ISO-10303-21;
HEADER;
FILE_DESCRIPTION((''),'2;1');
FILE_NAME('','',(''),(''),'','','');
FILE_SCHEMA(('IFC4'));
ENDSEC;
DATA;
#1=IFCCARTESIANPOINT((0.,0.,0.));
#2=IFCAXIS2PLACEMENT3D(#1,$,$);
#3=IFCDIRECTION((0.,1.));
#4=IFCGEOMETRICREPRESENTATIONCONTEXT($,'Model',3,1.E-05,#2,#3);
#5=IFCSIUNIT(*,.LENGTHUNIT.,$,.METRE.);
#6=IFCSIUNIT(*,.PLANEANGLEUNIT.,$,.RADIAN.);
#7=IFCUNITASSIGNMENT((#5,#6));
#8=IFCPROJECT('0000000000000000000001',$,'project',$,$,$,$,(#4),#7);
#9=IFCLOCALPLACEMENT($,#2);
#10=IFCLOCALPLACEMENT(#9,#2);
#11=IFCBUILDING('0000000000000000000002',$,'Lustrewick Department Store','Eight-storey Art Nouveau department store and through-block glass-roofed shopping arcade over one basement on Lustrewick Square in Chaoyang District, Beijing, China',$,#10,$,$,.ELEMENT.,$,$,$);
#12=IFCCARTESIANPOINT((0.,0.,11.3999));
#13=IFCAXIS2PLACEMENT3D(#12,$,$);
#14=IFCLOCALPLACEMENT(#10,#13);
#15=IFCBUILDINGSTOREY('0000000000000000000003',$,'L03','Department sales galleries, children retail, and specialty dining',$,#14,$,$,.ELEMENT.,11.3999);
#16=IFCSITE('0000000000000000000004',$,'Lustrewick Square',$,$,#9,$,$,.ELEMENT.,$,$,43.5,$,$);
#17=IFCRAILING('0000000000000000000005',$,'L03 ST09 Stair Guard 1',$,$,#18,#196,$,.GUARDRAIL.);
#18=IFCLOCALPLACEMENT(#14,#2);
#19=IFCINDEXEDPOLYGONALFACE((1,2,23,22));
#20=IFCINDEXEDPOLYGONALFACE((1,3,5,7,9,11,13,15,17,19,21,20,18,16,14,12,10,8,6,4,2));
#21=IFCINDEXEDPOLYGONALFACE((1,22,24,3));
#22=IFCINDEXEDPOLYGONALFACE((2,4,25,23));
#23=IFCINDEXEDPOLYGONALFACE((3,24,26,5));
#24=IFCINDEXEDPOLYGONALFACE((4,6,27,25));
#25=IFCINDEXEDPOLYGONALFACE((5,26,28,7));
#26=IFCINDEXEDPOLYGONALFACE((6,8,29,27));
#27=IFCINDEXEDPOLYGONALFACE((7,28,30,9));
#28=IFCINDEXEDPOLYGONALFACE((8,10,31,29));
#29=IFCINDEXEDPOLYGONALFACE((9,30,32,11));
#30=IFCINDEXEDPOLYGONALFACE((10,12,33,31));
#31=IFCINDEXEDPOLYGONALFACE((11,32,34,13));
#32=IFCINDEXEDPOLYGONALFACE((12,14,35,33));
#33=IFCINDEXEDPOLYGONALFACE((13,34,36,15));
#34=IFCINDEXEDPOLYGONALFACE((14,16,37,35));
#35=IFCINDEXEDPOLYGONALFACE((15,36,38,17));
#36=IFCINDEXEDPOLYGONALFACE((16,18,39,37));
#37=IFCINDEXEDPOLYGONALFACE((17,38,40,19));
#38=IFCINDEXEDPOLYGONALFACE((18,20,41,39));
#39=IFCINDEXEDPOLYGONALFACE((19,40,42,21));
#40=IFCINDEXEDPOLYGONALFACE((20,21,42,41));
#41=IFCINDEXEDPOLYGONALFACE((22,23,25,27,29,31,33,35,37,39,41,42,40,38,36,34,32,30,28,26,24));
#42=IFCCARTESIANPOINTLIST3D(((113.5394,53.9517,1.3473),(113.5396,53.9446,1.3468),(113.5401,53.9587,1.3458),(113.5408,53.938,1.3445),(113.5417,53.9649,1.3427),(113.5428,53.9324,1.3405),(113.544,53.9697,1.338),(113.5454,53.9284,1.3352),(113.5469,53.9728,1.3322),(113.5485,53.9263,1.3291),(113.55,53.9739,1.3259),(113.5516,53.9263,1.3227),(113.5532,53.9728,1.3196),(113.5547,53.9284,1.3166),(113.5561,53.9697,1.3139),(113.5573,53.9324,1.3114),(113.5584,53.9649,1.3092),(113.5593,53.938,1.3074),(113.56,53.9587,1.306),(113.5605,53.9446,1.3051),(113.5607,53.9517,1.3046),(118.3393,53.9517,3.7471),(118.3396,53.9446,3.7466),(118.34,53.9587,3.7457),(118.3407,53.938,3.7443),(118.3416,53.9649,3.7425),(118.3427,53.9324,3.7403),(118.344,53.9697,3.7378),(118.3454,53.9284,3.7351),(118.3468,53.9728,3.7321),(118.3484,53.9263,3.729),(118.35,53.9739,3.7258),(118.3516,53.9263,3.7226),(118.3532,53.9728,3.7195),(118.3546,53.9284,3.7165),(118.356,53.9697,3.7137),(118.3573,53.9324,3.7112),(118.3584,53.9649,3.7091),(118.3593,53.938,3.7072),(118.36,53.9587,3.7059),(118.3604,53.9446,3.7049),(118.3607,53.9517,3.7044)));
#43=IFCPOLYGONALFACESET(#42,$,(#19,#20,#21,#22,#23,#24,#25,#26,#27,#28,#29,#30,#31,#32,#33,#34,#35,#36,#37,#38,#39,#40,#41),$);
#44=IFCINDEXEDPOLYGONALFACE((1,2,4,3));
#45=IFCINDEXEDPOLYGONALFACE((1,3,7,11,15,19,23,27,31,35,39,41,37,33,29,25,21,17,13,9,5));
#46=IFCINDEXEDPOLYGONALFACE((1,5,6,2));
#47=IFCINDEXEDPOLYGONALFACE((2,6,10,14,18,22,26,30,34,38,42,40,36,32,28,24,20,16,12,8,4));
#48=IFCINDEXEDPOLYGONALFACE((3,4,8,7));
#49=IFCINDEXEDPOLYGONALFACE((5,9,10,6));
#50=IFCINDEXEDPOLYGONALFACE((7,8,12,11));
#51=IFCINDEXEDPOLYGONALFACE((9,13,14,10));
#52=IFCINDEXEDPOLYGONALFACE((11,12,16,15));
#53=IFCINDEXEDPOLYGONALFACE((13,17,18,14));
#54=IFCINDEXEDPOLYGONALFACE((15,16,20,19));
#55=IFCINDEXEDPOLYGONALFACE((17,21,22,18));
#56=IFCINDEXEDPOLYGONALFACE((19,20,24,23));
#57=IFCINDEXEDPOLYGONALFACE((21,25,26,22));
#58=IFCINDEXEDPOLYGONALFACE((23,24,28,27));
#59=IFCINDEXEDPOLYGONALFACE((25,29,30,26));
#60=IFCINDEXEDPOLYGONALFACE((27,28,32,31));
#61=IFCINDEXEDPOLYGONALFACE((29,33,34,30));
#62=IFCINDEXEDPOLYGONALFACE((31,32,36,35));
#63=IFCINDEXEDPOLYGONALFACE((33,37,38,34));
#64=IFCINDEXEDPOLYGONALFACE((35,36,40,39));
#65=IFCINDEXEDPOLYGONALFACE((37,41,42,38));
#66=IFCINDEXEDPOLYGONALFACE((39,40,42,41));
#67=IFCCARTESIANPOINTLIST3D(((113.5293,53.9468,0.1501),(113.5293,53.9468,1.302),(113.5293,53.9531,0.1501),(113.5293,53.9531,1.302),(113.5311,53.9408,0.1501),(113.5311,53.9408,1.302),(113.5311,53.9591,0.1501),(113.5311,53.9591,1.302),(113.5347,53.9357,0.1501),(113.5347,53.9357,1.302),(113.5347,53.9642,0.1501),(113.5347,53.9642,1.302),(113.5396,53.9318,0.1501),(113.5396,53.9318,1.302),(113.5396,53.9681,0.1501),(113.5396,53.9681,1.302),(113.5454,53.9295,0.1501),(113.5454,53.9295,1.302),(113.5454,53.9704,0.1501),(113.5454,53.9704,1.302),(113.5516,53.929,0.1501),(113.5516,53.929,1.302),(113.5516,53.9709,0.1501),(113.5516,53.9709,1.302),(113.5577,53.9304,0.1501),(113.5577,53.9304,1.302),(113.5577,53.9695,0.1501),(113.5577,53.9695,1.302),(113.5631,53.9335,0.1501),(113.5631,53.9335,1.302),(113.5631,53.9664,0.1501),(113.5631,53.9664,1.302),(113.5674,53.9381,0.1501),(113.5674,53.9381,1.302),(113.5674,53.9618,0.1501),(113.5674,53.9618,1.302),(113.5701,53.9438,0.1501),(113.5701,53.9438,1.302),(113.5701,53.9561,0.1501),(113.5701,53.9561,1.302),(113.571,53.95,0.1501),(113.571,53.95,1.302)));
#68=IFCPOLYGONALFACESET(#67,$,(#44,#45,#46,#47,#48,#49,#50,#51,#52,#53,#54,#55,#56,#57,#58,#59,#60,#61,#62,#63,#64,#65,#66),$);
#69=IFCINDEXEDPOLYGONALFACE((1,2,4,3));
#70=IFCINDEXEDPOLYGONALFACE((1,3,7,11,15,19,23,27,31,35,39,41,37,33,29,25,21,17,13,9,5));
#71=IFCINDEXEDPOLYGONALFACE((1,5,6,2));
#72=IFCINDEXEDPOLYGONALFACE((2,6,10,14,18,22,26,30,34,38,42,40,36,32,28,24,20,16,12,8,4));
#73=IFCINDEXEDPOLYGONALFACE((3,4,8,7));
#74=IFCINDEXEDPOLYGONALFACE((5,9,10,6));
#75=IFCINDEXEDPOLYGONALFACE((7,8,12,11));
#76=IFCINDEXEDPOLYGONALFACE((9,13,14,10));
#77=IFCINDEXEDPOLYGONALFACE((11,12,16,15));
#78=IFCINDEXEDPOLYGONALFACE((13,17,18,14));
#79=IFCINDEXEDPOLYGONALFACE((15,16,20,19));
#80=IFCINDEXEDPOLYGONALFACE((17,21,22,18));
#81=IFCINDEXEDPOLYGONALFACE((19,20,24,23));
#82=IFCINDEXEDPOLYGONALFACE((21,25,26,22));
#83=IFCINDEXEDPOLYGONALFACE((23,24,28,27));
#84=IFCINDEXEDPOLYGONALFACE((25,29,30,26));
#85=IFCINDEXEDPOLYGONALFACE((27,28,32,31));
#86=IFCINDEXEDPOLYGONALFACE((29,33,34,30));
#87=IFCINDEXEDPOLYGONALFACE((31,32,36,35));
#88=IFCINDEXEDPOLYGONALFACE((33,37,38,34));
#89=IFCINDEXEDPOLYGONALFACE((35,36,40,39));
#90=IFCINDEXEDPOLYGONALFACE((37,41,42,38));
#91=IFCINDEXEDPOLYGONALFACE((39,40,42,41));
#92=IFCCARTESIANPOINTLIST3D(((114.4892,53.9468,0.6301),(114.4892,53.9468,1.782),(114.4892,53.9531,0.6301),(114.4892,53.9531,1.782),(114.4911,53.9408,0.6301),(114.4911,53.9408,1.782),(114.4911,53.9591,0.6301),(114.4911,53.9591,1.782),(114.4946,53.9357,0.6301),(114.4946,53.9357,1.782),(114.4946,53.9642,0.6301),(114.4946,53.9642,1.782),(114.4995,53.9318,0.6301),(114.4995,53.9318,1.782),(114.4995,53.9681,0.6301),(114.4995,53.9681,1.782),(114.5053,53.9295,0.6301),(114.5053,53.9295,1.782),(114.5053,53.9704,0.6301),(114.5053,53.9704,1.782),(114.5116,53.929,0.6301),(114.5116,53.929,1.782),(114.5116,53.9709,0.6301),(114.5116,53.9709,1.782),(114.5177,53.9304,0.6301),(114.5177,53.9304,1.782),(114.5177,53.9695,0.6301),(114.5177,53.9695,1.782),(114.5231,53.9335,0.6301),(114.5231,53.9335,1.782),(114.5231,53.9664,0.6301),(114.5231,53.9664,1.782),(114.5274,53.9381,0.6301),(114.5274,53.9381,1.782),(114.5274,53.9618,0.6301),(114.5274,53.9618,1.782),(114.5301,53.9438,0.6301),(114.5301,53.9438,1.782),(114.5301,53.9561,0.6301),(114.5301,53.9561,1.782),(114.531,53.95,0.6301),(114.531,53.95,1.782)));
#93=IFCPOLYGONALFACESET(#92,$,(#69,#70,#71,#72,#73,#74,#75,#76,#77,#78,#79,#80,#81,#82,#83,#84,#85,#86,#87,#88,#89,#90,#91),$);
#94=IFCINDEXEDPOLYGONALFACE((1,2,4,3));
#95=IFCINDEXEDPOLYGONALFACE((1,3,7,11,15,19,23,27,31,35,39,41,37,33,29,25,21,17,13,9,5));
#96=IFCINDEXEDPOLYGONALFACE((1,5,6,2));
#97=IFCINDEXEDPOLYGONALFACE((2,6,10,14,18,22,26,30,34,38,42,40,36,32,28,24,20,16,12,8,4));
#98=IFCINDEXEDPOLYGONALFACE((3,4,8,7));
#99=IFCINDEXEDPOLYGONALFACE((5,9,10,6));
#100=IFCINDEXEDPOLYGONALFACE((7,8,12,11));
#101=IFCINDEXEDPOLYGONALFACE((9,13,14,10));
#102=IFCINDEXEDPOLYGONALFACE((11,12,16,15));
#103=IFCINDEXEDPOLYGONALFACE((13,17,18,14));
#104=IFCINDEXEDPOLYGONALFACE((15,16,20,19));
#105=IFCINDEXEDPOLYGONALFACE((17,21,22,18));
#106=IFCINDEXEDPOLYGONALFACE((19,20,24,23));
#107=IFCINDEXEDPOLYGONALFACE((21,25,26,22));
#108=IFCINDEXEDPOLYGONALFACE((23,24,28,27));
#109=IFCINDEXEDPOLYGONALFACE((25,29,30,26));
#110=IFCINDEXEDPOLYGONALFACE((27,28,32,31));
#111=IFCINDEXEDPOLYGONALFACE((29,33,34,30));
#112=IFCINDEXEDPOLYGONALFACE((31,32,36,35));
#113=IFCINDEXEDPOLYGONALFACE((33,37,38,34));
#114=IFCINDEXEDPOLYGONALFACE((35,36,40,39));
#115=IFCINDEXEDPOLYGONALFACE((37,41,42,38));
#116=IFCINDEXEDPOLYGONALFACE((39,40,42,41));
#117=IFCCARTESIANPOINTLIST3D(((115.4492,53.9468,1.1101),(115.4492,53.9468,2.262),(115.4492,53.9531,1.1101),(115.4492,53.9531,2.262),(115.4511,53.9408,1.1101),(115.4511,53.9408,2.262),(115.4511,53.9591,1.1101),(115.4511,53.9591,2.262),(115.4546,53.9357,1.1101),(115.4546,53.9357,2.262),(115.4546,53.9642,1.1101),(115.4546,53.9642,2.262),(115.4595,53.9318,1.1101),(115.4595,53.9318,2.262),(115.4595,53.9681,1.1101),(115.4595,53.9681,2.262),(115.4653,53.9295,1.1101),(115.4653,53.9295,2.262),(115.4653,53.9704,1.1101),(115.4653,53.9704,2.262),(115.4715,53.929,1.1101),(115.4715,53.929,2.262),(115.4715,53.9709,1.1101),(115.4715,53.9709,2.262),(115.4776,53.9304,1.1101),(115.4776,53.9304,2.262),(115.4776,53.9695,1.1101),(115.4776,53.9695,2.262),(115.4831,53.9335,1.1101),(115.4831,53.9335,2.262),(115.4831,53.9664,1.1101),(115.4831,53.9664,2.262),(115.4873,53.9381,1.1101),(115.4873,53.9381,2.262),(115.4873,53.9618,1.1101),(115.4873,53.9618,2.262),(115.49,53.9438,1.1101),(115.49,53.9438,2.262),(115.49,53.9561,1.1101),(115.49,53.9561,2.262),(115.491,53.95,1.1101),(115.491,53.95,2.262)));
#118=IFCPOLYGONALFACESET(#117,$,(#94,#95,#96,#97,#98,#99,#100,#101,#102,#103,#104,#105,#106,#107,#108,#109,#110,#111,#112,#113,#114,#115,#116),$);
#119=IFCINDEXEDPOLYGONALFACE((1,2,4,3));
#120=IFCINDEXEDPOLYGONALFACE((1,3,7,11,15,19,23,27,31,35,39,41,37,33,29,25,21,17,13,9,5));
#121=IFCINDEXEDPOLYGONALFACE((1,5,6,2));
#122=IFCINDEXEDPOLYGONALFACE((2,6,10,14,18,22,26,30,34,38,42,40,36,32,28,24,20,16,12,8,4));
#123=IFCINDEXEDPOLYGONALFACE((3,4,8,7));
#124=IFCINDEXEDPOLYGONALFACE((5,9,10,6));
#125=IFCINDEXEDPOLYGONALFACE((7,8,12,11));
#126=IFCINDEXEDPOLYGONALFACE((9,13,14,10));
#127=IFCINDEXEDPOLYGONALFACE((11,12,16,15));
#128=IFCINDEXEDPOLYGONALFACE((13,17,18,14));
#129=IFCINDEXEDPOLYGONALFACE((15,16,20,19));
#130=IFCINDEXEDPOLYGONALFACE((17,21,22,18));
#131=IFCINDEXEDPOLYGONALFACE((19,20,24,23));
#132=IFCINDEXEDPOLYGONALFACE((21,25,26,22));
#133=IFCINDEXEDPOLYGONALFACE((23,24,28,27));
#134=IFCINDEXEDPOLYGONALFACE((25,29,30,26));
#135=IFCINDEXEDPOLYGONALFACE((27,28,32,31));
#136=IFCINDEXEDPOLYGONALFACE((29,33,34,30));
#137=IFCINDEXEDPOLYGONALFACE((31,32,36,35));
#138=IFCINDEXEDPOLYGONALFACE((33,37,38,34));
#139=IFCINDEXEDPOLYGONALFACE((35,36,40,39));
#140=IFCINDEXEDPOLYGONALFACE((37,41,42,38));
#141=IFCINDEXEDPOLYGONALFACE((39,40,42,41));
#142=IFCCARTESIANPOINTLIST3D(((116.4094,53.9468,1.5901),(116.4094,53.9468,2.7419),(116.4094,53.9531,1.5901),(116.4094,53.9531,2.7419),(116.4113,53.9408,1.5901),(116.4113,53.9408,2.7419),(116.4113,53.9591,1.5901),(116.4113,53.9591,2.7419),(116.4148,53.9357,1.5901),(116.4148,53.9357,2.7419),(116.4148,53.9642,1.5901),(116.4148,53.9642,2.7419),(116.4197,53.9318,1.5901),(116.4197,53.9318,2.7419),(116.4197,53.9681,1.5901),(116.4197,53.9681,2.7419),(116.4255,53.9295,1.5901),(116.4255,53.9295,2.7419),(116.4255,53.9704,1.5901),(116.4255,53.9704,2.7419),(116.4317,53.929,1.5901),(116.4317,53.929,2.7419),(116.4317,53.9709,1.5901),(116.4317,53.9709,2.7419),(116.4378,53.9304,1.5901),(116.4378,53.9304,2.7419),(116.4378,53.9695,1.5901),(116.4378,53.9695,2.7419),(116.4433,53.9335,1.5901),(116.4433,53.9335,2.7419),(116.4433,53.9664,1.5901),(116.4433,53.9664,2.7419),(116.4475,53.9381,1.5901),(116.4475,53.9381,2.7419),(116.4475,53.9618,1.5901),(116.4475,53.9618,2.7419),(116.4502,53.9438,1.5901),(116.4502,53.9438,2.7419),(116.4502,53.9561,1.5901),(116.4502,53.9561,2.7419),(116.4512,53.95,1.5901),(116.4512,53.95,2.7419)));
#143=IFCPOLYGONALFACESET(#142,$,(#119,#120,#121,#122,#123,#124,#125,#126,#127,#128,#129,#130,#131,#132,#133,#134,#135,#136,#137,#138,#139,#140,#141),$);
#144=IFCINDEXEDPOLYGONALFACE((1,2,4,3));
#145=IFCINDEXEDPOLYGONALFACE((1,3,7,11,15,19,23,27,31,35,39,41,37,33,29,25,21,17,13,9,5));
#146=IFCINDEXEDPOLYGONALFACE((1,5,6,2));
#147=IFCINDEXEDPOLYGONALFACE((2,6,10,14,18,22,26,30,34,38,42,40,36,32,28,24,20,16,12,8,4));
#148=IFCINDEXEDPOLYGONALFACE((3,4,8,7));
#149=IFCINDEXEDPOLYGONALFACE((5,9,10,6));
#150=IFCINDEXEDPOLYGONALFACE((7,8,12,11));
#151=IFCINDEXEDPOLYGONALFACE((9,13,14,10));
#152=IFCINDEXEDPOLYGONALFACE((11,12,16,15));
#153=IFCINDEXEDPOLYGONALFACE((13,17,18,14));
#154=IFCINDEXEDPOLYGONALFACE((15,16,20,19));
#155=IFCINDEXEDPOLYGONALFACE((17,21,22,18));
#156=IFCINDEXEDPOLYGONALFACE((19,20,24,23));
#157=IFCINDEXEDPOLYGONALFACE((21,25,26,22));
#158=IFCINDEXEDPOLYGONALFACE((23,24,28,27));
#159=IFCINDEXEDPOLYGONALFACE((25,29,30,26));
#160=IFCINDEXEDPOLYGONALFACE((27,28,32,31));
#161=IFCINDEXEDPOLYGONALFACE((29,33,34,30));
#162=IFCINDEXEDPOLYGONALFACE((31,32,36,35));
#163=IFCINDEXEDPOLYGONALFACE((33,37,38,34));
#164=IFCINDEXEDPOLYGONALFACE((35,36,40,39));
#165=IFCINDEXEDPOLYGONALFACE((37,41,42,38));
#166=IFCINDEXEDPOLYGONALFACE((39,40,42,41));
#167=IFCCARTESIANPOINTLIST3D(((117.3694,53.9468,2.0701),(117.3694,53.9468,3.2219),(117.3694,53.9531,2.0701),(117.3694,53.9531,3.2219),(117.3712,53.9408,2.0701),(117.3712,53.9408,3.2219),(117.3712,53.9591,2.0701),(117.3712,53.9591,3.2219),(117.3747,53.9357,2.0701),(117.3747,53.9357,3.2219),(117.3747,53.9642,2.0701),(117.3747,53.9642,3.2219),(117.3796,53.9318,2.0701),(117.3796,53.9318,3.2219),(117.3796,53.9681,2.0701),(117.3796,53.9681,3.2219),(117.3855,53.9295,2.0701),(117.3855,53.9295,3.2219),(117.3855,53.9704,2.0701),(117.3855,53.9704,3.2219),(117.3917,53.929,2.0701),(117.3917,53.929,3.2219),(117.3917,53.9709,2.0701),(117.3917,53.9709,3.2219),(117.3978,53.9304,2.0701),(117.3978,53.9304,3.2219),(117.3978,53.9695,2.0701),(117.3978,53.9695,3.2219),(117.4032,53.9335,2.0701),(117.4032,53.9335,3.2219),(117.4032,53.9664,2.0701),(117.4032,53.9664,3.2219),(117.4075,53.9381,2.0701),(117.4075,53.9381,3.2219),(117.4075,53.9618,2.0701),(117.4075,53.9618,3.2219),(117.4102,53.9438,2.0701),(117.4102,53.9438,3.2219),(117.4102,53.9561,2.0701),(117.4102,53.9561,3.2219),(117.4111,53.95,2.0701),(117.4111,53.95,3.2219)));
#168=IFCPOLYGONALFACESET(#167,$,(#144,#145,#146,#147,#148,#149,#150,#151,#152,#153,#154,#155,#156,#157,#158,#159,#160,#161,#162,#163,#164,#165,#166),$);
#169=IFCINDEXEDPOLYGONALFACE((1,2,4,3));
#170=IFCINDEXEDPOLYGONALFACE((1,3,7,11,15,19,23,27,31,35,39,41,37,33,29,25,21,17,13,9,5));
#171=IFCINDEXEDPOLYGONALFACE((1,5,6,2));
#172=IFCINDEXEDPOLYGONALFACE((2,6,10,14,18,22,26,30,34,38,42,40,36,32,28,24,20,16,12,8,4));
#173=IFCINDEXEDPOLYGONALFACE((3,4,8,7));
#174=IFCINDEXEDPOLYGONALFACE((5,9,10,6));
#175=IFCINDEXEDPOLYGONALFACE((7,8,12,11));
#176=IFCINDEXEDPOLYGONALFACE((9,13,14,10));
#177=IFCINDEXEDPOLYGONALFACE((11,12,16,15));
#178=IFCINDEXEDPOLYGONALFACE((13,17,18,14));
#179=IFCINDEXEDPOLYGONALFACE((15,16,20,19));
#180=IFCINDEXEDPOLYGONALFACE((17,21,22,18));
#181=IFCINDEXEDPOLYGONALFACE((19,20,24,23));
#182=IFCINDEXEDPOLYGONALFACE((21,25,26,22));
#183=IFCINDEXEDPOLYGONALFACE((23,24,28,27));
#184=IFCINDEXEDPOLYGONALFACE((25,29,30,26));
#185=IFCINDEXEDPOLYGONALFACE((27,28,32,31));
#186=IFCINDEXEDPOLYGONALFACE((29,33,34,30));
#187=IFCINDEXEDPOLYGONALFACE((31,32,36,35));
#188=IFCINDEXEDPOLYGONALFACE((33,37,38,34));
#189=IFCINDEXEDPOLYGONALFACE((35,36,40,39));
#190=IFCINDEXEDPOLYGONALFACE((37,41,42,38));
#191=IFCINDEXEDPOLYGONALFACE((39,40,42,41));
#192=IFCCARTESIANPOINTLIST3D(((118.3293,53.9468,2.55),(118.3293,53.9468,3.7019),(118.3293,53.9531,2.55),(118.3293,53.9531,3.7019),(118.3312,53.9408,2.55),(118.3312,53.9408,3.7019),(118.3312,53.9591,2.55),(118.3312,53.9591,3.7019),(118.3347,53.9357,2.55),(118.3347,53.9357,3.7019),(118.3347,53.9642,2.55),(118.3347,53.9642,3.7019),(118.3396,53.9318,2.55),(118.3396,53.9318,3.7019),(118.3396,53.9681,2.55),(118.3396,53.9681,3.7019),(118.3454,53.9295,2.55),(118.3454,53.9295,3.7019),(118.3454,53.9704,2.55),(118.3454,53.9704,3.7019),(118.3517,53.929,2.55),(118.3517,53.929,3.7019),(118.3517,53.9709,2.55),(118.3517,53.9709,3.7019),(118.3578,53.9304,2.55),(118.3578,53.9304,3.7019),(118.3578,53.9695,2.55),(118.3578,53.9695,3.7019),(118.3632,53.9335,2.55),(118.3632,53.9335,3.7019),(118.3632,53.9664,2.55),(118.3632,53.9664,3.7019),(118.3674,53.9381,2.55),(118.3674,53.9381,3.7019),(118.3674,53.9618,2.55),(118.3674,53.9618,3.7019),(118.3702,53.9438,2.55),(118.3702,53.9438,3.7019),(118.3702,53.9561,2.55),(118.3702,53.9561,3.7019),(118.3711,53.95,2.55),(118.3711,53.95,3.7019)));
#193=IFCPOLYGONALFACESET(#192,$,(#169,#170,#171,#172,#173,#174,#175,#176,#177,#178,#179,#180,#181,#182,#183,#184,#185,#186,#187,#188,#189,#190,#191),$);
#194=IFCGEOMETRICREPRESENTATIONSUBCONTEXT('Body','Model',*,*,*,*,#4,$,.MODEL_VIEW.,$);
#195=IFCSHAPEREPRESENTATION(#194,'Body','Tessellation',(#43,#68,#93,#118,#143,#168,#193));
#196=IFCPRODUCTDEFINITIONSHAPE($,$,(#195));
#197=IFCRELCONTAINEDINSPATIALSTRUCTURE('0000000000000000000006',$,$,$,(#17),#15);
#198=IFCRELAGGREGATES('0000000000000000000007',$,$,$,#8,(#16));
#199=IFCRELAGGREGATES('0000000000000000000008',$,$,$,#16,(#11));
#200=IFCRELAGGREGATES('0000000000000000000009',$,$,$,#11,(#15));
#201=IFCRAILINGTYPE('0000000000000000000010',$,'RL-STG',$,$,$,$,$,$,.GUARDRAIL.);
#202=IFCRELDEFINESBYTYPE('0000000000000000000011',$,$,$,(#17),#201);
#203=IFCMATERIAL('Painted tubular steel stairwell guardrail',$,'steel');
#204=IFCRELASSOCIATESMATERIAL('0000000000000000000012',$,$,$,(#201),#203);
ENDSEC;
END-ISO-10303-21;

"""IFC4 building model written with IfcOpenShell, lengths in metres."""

from ifc_helpers import new_model, si_unit, direction, frame, origin, origin_2d, place, context, subcontext, project, spatial, circle, extrude, material, type_object, element, save


model = new_model("IFC4")

# Units and contexts
model_context = context("Model", 3, precision=1e-05, world=origin(), true_north=direction((0.0, 1.0)))
body_context = subcontext(model_context, "Body", "Model", "MODEL_VIEW")
ifc_project = project(units=[si_unit("LENGTHUNIT", "METRE"), si_unit("PLANEANGLEUNIT", "RADIAN")], contexts=[model_context])

# Site, building, storey
site_placement = place(None, origin())
site = spatial("IfcSite", under=ifc_project, at=site_placement, Name="Lustrewick Square", CompositionType="ELEMENT", RefElevation=43.5)
building_placement = place(site_placement, origin())
building = spatial("IfcBuilding", under=site, at=building_placement, Name="Lustrewick Department Store", Description="Eight-storey Art Nouveau department store and through-block glass-roofed shopping arcade over one basement on Lustrewick Square in Chaoyang District, Beijing, China", CompositionType="ELEMENT")
storey_placement = place(building_placement, frame((0.0, 0.0, 11.3999)))
storey = spatial("IfcBuildingStorey", under=building, at=storey_placement, Name="L03", Description="Department sales galleries, children retail, and specialty dining", CompositionType="ELEMENT", Elevation=11.3999)

# Railing
ifc_material_1 = material(Name="Painted tubular steel stairwell guardrail", Category="steel")
railing_type_1 = type_object("IfcRailingType", Name="RL-STG", PredefinedType="GUARDRAIL", material=ifc_material_1)
railing_1_placement = place(storey_placement, frame((113.55, 53.95, 0.1501)))
element("IfcRailing", 1, at=railing_1_placement, inside=storey, type_object=railing_type_1, Name="L03 ST09 Stair Guard 1", PredefinedType="GUARDRAIL", context=body_context, shape_type="SweptSolid", body=[
    extrude(circle(Radius=0.0239, at=origin_2d()), frame((0.0, 0.0, 1.1758), z_axis=(0.894436, 0.0, 0.447195), x_axis=(0.0, 1.0, 0.0)), (0.0, 0.0, 1.0), 5.3665),
    extrude(circle(Radius=0.021, at=origin_2d()), origin(), (0.0, 0.0, 1.0), 1.1519),
    extrude(circle(Radius=0.021, at=origin_2d()), frame((0.96, 0.0, 0.48)), (0.0, 0.0, 1.0), 1.1519),
    extrude(circle(Radius=0.021, at=origin_2d()), frame((1.9199, 0.0, 0.96)), (0.0, 0.0, 1.0), 1.1519),
    extrude(circle(Radius=0.021, at=origin_2d()), frame((2.8801, 0.0, 1.4399)), (0.0, 0.0, 1.0), 1.1519),
    extrude(circle(Radius=0.021, at=origin_2d()), frame((3.8401, 0.0, 1.9199)), (0.0, 0.0, 1.0), 1.1519),
    extrude(circle(Radius=0.021, at=origin_2d()), frame((4.8, 0.0, 2.3999)), (0.0, 0.0, 1.0), 1.1519),
])

save(model, "model.ifc")
